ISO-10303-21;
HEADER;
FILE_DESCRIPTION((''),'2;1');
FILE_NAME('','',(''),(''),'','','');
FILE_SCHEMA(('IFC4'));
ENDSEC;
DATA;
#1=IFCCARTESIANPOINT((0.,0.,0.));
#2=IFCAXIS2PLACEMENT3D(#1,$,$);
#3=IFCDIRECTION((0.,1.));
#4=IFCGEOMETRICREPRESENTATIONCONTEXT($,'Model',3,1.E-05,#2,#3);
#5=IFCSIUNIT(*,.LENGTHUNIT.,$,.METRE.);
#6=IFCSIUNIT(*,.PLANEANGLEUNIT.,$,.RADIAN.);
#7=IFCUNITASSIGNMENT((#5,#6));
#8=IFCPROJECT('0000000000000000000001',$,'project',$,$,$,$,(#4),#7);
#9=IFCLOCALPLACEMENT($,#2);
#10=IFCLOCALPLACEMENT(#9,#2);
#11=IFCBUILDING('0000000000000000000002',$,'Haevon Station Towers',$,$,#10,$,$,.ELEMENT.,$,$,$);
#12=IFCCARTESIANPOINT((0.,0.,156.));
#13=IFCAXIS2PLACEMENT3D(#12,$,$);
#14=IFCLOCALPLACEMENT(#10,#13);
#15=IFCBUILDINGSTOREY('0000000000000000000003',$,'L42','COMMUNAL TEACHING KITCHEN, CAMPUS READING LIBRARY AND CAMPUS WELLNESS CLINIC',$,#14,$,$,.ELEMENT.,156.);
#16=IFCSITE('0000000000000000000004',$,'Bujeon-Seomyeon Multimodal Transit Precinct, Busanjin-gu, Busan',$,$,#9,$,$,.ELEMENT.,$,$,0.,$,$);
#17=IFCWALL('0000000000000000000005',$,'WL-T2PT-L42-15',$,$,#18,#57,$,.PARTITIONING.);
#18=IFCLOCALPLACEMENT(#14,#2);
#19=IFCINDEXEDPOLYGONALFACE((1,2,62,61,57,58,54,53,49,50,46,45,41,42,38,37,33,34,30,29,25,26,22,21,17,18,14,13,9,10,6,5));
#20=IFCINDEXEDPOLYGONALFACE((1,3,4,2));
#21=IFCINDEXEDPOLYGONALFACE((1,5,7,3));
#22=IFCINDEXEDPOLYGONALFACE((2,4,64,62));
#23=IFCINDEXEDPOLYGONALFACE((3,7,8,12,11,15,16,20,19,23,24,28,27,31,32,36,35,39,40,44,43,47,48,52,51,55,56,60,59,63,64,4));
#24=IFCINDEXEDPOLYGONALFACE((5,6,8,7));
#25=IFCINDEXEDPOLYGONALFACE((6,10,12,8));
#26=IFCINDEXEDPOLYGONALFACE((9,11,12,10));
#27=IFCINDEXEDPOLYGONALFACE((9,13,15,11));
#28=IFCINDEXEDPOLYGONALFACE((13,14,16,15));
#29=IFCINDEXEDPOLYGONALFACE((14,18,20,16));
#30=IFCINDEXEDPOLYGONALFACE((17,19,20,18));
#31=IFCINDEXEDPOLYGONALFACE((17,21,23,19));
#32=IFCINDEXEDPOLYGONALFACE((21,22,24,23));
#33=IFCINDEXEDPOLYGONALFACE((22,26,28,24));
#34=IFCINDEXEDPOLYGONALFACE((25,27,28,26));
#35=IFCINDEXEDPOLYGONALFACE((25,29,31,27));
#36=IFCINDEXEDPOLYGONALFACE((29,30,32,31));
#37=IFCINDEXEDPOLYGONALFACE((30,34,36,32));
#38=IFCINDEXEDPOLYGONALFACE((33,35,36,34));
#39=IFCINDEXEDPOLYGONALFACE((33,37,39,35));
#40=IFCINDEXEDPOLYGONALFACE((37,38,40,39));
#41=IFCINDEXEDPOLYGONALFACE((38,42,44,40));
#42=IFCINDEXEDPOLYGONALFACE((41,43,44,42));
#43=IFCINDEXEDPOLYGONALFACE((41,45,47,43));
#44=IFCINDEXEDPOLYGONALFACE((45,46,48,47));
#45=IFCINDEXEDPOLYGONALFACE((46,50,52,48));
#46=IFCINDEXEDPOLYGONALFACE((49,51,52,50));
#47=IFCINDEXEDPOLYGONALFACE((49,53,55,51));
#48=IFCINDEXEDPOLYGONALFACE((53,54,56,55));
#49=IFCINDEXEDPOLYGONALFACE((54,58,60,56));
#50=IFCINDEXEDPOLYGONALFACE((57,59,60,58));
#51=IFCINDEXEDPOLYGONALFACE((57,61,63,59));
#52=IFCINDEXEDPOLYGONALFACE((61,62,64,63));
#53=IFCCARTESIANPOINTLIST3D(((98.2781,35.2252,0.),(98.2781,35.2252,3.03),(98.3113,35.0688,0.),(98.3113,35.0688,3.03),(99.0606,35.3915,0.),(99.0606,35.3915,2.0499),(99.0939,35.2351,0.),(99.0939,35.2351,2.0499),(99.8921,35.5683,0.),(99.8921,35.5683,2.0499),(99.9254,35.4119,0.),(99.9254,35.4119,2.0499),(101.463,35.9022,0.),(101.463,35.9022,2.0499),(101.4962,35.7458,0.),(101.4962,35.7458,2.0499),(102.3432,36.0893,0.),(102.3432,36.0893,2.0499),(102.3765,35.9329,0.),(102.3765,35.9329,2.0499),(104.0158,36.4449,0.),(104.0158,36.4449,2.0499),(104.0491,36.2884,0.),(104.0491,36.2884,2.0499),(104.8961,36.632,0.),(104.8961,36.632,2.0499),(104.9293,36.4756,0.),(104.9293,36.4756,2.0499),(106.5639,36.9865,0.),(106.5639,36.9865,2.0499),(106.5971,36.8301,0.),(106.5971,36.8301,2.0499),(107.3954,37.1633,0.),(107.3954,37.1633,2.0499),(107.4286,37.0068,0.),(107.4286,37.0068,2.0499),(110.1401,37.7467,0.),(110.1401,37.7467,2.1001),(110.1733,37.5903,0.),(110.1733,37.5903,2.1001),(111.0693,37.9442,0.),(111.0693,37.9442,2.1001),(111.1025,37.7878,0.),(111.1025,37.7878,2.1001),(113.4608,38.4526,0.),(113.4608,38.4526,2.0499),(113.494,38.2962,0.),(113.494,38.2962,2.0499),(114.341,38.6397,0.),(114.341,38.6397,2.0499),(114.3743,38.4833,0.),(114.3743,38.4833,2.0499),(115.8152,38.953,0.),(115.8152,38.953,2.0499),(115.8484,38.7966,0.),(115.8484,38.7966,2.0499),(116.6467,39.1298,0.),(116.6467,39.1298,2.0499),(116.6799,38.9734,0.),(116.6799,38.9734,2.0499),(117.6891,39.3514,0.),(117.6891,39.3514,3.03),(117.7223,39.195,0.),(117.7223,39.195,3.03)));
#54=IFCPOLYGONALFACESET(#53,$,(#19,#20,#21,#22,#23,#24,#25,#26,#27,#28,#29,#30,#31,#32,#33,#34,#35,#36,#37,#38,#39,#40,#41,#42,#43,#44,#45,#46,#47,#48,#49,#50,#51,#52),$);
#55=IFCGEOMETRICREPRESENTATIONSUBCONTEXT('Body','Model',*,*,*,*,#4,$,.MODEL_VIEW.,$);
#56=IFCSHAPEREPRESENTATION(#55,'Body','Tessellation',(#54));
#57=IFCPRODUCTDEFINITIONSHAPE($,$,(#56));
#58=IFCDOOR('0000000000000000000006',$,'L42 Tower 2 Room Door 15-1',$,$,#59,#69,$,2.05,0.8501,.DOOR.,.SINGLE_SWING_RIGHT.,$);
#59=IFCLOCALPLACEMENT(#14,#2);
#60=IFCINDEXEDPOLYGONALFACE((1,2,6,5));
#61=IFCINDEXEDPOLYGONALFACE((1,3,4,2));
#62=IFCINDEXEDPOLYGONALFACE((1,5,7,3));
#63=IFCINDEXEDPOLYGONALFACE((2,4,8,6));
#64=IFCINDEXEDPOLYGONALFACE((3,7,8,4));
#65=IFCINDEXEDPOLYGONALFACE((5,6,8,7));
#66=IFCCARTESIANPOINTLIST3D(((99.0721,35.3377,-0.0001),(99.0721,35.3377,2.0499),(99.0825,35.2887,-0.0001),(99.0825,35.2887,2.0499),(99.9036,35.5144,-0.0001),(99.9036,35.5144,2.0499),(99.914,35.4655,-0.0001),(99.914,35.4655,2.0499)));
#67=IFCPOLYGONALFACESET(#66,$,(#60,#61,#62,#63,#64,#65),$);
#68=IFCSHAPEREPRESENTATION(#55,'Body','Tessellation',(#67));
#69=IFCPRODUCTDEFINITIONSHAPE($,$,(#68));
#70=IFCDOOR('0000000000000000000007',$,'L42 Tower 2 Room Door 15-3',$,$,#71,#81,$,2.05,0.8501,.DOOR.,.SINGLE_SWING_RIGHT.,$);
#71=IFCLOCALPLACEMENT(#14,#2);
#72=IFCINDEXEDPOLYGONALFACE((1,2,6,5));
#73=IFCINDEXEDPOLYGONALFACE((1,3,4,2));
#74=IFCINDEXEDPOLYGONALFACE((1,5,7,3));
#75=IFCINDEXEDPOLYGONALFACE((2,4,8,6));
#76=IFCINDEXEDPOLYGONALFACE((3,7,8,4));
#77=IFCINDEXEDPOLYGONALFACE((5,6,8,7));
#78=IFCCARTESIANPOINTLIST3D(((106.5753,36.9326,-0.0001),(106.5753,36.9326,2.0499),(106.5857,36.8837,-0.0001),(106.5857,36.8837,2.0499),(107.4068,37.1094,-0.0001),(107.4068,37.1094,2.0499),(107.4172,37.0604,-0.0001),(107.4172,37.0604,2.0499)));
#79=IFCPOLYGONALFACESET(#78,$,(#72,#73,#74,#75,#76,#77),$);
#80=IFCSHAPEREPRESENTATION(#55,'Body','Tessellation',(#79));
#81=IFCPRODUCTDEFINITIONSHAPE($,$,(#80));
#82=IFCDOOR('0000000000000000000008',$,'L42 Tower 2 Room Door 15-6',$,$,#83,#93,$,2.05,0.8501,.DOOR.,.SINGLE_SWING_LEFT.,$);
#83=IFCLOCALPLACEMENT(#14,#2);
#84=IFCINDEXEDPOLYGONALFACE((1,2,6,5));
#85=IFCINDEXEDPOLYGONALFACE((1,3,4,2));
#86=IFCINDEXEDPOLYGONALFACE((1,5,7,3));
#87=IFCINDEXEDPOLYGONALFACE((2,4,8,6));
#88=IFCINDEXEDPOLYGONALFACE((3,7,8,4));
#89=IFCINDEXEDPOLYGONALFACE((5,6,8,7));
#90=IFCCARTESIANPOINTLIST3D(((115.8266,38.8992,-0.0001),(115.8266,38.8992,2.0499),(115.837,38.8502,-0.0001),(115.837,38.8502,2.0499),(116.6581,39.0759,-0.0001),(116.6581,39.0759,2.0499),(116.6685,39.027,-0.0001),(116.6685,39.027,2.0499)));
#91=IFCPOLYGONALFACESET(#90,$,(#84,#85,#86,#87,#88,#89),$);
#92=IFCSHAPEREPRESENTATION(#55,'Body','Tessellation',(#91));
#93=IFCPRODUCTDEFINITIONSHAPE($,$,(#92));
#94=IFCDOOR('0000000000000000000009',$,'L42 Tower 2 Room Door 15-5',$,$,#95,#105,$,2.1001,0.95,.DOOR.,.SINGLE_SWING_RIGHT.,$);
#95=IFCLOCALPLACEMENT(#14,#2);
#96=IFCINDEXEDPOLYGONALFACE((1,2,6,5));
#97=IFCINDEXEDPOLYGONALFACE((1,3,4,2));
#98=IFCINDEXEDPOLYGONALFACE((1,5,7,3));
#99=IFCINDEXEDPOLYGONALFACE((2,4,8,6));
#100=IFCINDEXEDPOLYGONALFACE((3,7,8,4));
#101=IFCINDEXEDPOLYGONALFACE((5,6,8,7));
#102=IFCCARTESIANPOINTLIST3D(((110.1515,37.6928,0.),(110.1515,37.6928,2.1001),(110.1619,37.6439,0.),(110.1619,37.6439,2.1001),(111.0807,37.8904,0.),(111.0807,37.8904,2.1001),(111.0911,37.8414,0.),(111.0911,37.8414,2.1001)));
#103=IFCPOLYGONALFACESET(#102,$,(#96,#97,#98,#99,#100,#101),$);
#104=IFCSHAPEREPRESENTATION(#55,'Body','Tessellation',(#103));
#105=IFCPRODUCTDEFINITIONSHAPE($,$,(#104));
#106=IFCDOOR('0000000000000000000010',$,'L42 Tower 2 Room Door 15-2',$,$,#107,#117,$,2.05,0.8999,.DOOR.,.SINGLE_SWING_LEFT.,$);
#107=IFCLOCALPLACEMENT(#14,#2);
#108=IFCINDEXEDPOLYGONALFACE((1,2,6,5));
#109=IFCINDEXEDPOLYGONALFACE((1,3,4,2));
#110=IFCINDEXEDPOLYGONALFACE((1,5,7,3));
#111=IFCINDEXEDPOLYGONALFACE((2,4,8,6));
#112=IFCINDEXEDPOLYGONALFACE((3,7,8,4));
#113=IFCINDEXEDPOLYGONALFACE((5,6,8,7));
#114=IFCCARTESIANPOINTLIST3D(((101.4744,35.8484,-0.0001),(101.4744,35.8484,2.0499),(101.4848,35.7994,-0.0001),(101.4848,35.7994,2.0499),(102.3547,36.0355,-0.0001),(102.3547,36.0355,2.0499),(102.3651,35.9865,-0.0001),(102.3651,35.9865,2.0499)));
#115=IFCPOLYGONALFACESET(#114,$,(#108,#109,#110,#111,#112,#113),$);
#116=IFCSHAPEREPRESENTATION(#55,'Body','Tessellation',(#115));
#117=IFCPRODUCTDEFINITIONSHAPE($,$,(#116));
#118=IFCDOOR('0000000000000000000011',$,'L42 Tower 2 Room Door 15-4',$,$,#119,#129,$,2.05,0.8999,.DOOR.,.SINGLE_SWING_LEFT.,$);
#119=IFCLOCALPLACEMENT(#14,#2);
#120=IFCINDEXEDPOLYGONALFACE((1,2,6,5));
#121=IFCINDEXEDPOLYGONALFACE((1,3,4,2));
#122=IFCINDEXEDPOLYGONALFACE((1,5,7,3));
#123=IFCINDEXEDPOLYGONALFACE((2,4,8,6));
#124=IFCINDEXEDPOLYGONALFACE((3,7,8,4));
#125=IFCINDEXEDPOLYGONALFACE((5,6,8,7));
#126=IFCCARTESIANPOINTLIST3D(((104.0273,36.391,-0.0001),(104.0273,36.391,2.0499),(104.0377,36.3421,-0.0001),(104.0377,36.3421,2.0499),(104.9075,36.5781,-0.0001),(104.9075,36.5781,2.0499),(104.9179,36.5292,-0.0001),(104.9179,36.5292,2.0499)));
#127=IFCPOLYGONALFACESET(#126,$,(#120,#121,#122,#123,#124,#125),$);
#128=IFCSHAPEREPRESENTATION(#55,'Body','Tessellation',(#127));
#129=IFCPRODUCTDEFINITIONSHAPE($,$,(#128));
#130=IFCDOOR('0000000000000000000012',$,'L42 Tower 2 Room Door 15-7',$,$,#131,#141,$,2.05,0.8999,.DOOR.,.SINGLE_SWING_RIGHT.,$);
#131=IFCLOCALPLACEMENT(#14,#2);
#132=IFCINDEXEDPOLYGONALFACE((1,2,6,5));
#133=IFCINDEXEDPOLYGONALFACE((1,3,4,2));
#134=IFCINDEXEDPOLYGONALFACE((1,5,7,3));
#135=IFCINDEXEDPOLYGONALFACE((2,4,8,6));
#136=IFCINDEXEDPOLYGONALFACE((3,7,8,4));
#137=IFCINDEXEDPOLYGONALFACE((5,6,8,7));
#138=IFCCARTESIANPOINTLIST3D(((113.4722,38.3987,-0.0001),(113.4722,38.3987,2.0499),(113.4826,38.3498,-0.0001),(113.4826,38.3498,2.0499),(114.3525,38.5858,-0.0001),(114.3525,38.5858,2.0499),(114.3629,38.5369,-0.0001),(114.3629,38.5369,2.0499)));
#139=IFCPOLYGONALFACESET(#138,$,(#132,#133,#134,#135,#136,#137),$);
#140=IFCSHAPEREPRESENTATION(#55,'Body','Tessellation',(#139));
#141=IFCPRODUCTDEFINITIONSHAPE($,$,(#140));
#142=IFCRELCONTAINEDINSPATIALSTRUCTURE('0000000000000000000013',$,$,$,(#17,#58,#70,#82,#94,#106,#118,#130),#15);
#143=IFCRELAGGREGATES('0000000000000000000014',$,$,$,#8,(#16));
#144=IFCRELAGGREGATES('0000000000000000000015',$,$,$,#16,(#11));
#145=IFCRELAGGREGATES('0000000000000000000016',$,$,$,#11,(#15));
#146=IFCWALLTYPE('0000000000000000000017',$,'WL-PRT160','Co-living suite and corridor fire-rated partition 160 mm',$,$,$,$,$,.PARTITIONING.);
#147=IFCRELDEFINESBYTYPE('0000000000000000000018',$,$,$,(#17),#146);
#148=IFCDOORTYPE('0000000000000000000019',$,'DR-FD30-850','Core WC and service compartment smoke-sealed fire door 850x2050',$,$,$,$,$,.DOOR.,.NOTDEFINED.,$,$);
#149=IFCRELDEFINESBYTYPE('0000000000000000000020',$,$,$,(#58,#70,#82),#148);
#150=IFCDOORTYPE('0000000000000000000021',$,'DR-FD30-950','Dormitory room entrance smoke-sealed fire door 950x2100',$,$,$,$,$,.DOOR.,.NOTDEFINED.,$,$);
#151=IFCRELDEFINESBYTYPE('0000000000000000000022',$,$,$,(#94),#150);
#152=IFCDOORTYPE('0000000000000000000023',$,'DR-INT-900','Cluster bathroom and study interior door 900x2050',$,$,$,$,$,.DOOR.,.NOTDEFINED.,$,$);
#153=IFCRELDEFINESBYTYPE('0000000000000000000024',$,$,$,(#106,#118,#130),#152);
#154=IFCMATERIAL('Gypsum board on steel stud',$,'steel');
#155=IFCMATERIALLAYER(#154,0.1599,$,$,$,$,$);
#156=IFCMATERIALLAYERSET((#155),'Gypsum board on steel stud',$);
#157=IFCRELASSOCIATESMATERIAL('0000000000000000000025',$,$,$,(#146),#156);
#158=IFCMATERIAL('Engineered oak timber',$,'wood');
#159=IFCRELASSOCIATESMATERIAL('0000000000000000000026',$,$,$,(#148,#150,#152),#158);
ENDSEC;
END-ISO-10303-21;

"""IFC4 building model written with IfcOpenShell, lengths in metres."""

from ifc_helpers import new_model, si_unit, direction, frame, frame_2d, origin, place, context, subcontext, project, spatial, rectangle, extrude, material, layer, layer_set, type_object, element, fill, save


model = new_model("IFC4")

# Units and contexts
model_context = context("Model", 3, precision=1e-05, world=origin(), true_north=direction((0.0, 1.0)))
body_context = subcontext(model_context, "Body", "Model", "MODEL_VIEW")
ifc_project = project(units=[si_unit("LENGTHUNIT", "METRE"), si_unit("PLANEANGLEUNIT", "RADIAN")], contexts=[model_context])

# Site, building, storey
site_placement = place(None, origin())
site = spatial("IfcSite", under=ifc_project, at=site_placement, Name="Bujeon-Seomyeon Multimodal Transit Precinct, Busanjin-gu, Busan", CompositionType="ELEMENT", RefElevation=0.0)
building_placement = place(site_placement, origin())
building = spatial("IfcBuilding", under=site, at=building_placement, Name="Haevon Station Towers", CompositionType="ELEMENT")
storey_placement = place(building_placement, frame((0.0, 0.0, 156.0)))
storey = spatial("IfcBuildingStorey", under=building, at=storey_placement, Name="L42", Description="COMMUNAL TEACHING KITCHEN, CAMPUS READING LIBRARY AND CAMPUS WELLNESS CLINIC", CompositionType="ELEMENT", Elevation=156.0)

# Shared definitions
ifc_material_1 = material(Name="Gypsum board on steel stud", Category="steel")
ifc_material_2 = material(Name="Engineered oak timber", Category="wood")

# Shared definitions
ifc_layer_1 = layer(ifc_material_1, 0.1599)
ifc_layer_set_1 = layer_set([ifc_layer_1], Name="Gypsum board on steel stud")
wall_type_1 = type_object("IfcWallType", Name="WL-PRT160", Description="Co-living suite and corridor fire-rated partition 160 mm", PredefinedType="PARTITIONING", material=ifc_layer_set_1)

# Wall, openings, doors
wall_1_placement = place(storey_placement, frame((98.2947, 35.147, 0.0), z_axis=(0.0, 0.0, 1.0), x_axis=(0.978145, 0.207924, 0.0)))
wall_1 = element("IfcWall", 1, at=wall_1_placement, inside=storey, type_object=wall_type_1, Name="WL-T2PT-L42-15", PredefinedType="PARTITIONING", context=body_context, shape_type="SweptSolid", body=[
    extrude(rectangle(XDim=19.8447, YDim=0.1599, at=frame_2d((9.9224, 0.0))), origin(), (0.0, 0.0, 1.0), 3.03),
])
opening_1_placement = place(wall_1_placement, frame((0.8, 0.0, 0.0)))
opening_1 = element("IfcOpeningElement", 2, at=opening_1_placement, cuts=wall_1, PredefinedType="OPENING", context=body_context, shape_type="SweptSolid", body=[
    extrude(rectangle(XDim=0.8501, YDim=2.05, at=frame_2d((0.425, 1.0249))), frame((0.0, 0.0898, 0.0), z_axis=(0.0, -1.0, 0.0), x_axis=(1.0, 0.0, 0.0)), (0.0, 0.0, 1.0), 0.1799),
])
opening_2_placement = place(wall_1_placement, frame((3.2561, 0.0, 0.0)))
opening_2 = element("IfcOpeningElement", 3, at=opening_2_placement, cuts=wall_1, PredefinedType="OPENING", context=body_context, shape_type="SweptSolid", body=[
    extrude(rectangle(XDim=0.8999, YDim=2.05, at=frame_2d((0.45, 1.0249))), frame((0.0, 0.0898, 0.0), z_axis=(0.0, -1.0, 0.0), x_axis=(1.0, 0.0, 0.0)), (0.0, 0.0, 1.0), 0.1799),
])
opening_3_placement = place(wall_1_placement, frame((8.4709, 0.0, 0.0)))
opening_3 = element("IfcOpeningElement", 4, at=opening_3_placement, cuts=wall_1, PredefinedType="OPENING", context=body_context, shape_type="SweptSolid", body=[
    extrude(rectangle(XDim=0.8501, YDim=2.05, at=frame_2d((0.425, 1.0249))), frame((0.0, 0.0898, 0.0), z_axis=(0.0, -1.0, 0.0), x_axis=(1.0, 0.0, 0.0)), (0.0, 0.0, 1.0), 0.1799),
])
opening_4_placement = place(wall_1_placement, frame((5.866, 0.0, 0.0)))
opening_4 = element("IfcOpeningElement", 5, at=opening_4_placement, cuts=wall_1, PredefinedType="OPENING", context=body_context, shape_type="SweptSolid", body=[
    extrude(rectangle(XDim=0.8999, YDim=2.05, at=frame_2d((0.45, 1.0249))), frame((0.0, 0.0898, 0.0), z_axis=(0.0, -1.0, 0.0), x_axis=(1.0, 0.0, 0.0)), (0.0, 0.0, 1.0), 0.1799),
])
opening_5_placement = place(wall_1_placement, frame((12.127, 0.0, 0.0)))
opening_5 = element("IfcOpeningElement", 6, at=opening_5_placement, cuts=wall_1, PredefinedType="OPENING", context=body_context, shape_type="SweptSolid", body=[
    extrude(rectangle(XDim=0.95, YDim=2.1001, at=frame_2d((0.4751, 1.05))), frame((0.0, 0.0898, 0.0), z_axis=(0.0, -1.0, 0.0), x_axis=(1.0, 0.0, 0.0)), (0.0, 0.0, 1.0), 0.1799),
])
opening_6_placement = place(wall_1_placement, frame((17.929, 0.0, 0.0)))
opening_6 = element("IfcOpeningElement", 7, at=opening_6_placement, cuts=wall_1, PredefinedType="OPENING", context=body_context, shape_type="SweptSolid", body=[
    extrude(rectangle(XDim=0.8501, YDim=2.05, at=frame_2d((0.425, 1.0249))), frame((0.0, 0.0898, 0.0), z_axis=(0.0, -1.0, 0.0), x_axis=(1.0, 0.0, 0.0)), (0.0, 0.0, 1.0), 0.1799),
])
opening_7_placement = place(wall_1_placement, frame((15.522, 0.0, 0.0)))
opening_7 = element("IfcOpeningElement", 8, at=opening_7_placement, cuts=wall_1, PredefinedType="OPENING", context=body_context, shape_type="SweptSolid", body=[
    extrude(rectangle(XDim=0.8999, YDim=2.05, at=frame_2d((0.45, 1.0249))), frame((0.0, 0.0898, 0.0), z_axis=(0.0, -1.0, 0.0), x_axis=(1.0, 0.0, 0.0)), (0.0, 0.0, 1.0), 0.1799),
])
door_type_1 = type_object("IfcDoorType", Name="DR-FD30-850", Description="Core WC and service compartment smoke-sealed fire door 850x2050", OperationType="NOTDEFINED", PredefinedType="DOOR", material=ifc_material_2)
door_1_placement = place(opening_1_placement, origin())
door_1 = element("IfcDoor", 9, at=door_1_placement, inside=storey, type_object=door_type_1, Name="L42 Tower 2 Room Door 15-1", OperationType="SINGLE_SWING_RIGHT", OverallHeight=2.05, OverallWidth=0.8501, PredefinedType="DOOR", context=body_context, shape_type="SweptSolid", body=[
    extrude(rectangle(XDim=0.8501, YDim=2.05, at=frame_2d((0.425, 1.0249))), frame((0.0, 0.0249, 0.0), z_axis=(0.0, -1.0, 0.0), x_axis=(1.0, 0.0, 0.0)), (0.0, 0.0, 1.0), 0.05),
])
fill(opening_1, door_1)
door_2_placement = place(opening_3_placement, origin())
door_2 = element("IfcDoor", 10, at=door_2_placement, inside=storey, type_object=door_type_1, Name="L42 Tower 2 Room Door 15-3", OperationType="SINGLE_SWING_RIGHT", OverallHeight=2.05, OverallWidth=0.8501, PredefinedType="DOOR", context=body_context, shape_type="SweptSolid", body=[
    extrude(rectangle(XDim=0.8501, YDim=2.05, at=frame_2d((0.425, 1.0249))), frame((0.0, 0.0249, 0.0), z_axis=(0.0, -1.0, 0.0), x_axis=(1.0, 0.0, 0.0)), (0.0, 0.0, 1.0), 0.05),
])
fill(opening_3, door_2)
door_3_placement = place(opening_6_placement, origin())
door_3 = element("IfcDoor", 11, at=door_3_placement, inside=storey, type_object=door_type_1, Name="L42 Tower 2 Room Door 15-6", OperationType="SINGLE_SWING_LEFT", OverallHeight=2.05, OverallWidth=0.8501, PredefinedType="DOOR", context=body_context, shape_type="SweptSolid", body=[
    extrude(rectangle(XDim=0.8501, YDim=2.05, at=frame_2d((0.425, 1.0249))), frame((0.0, 0.0249, 0.0), z_axis=(0.0, -1.0, 0.0), x_axis=(1.0, 0.0, 0.0)), (0.0, 0.0, 1.0), 0.05),
])
fill(opening_6, door_3)
door_type_2 = type_object("IfcDoorType", Name="DR-FD30-950", Description="Dormitory room entrance smoke-sealed fire door 950x2100", OperationType="NOTDEFINED", PredefinedType="DOOR", material=ifc_material_2)
door_4_placement = place(opening_5_placement, origin())
door_4 = element("IfcDoor", 12, at=door_4_placement, inside=storey, type_object=door_type_2, Name="L42 Tower 2 Room Door 15-5", OperationType="SINGLE_SWING_RIGHT", OverallHeight=2.1001, OverallWidth=0.95, PredefinedType="DOOR", context=body_context, shape_type="SweptSolid", body=[
    extrude(rectangle(XDim=0.95, YDim=2.1001, at=frame_2d((0.4751, 1.05))), frame((0.0, 0.0249, 0.0), z_axis=(0.0, -1.0, 0.0), x_axis=(1.0, 0.0, 0.0)), (0.0, 0.0, 1.0), 0.05),
])
fill(opening_5, door_4)
door_type_3 = type_object("IfcDoorType", Name="DR-INT-900", Description="Cluster bathroom and study interior door 900x2050", OperationType="NOTDEFINED", PredefinedType="DOOR", material=ifc_material_2)
door_5_placement = place(opening_2_placement, origin())
door_5 = element("IfcDoor", 13, at=door_5_placement, inside=storey, type_object=door_type_3, Name="L42 Tower 2 Room Door 15-2", OperationType="SINGLE_SWING_LEFT", OverallHeight=2.05, OverallWidth=0.8999, PredefinedType="DOOR", context=body_context, shape_type="SweptSolid", body=[
    extrude(rectangle(XDim=0.8999, YDim=2.05, at=frame_2d((0.45, 1.0249))), frame((0.0, 0.0249, 0.0), z_axis=(0.0, -1.0, 0.0), x_axis=(1.0, 0.0, 0.0)), (0.0, 0.0, 1.0), 0.05),
])
fill(opening_2, door_5)
door_6_placement = place(opening_4_placement, origin())
door_6 = element("IfcDoor", 14, at=door_6_placement, inside=storey, type_object=door_type_3, Name="L42 Tower 2 Room Door 15-4", OperationType="SINGLE_SWING_LEFT", OverallHeight=2.05, OverallWidth=0.8999, PredefinedType="DOOR", context=body_context, shape_type="SweptSolid", body=[
    extrude(rectangle(XDim=0.8999, YDim=2.05, at=frame_2d((0.45, 1.0249))), frame((0.0, 0.0249, 0.0), z_axis=(0.0, -1.0, 0.0), x_axis=(1.0, 0.0, 0.0)), (0.0, 0.0, 1.0), 0.05),
])
fill(opening_4, door_6)
door_7_placement = place(opening_7_placement, origin())
door_7 = element("IfcDoor", 15, at=door_7_placement, inside=storey, type_object=door_type_3, Name="L42 Tower 2 Room Door 15-7", OperationType="SINGLE_SWING_RIGHT", OverallHeight=2.05, OverallWidth=0.8999, PredefinedType="DOOR", context=body_context, shape_type="SweptSolid", body=[
    extrude(rectangle(XDim=0.8999, YDim=2.05, at=frame_2d((0.45, 1.0249))), frame((0.0, 0.0249, 0.0), z_axis=(0.0, -1.0, 0.0), x_axis=(1.0, 0.0, 0.0)), (0.0, 0.0, 1.0), 0.05),
])
fill(opening_7, door_7)

save(model, "model.ifc")
